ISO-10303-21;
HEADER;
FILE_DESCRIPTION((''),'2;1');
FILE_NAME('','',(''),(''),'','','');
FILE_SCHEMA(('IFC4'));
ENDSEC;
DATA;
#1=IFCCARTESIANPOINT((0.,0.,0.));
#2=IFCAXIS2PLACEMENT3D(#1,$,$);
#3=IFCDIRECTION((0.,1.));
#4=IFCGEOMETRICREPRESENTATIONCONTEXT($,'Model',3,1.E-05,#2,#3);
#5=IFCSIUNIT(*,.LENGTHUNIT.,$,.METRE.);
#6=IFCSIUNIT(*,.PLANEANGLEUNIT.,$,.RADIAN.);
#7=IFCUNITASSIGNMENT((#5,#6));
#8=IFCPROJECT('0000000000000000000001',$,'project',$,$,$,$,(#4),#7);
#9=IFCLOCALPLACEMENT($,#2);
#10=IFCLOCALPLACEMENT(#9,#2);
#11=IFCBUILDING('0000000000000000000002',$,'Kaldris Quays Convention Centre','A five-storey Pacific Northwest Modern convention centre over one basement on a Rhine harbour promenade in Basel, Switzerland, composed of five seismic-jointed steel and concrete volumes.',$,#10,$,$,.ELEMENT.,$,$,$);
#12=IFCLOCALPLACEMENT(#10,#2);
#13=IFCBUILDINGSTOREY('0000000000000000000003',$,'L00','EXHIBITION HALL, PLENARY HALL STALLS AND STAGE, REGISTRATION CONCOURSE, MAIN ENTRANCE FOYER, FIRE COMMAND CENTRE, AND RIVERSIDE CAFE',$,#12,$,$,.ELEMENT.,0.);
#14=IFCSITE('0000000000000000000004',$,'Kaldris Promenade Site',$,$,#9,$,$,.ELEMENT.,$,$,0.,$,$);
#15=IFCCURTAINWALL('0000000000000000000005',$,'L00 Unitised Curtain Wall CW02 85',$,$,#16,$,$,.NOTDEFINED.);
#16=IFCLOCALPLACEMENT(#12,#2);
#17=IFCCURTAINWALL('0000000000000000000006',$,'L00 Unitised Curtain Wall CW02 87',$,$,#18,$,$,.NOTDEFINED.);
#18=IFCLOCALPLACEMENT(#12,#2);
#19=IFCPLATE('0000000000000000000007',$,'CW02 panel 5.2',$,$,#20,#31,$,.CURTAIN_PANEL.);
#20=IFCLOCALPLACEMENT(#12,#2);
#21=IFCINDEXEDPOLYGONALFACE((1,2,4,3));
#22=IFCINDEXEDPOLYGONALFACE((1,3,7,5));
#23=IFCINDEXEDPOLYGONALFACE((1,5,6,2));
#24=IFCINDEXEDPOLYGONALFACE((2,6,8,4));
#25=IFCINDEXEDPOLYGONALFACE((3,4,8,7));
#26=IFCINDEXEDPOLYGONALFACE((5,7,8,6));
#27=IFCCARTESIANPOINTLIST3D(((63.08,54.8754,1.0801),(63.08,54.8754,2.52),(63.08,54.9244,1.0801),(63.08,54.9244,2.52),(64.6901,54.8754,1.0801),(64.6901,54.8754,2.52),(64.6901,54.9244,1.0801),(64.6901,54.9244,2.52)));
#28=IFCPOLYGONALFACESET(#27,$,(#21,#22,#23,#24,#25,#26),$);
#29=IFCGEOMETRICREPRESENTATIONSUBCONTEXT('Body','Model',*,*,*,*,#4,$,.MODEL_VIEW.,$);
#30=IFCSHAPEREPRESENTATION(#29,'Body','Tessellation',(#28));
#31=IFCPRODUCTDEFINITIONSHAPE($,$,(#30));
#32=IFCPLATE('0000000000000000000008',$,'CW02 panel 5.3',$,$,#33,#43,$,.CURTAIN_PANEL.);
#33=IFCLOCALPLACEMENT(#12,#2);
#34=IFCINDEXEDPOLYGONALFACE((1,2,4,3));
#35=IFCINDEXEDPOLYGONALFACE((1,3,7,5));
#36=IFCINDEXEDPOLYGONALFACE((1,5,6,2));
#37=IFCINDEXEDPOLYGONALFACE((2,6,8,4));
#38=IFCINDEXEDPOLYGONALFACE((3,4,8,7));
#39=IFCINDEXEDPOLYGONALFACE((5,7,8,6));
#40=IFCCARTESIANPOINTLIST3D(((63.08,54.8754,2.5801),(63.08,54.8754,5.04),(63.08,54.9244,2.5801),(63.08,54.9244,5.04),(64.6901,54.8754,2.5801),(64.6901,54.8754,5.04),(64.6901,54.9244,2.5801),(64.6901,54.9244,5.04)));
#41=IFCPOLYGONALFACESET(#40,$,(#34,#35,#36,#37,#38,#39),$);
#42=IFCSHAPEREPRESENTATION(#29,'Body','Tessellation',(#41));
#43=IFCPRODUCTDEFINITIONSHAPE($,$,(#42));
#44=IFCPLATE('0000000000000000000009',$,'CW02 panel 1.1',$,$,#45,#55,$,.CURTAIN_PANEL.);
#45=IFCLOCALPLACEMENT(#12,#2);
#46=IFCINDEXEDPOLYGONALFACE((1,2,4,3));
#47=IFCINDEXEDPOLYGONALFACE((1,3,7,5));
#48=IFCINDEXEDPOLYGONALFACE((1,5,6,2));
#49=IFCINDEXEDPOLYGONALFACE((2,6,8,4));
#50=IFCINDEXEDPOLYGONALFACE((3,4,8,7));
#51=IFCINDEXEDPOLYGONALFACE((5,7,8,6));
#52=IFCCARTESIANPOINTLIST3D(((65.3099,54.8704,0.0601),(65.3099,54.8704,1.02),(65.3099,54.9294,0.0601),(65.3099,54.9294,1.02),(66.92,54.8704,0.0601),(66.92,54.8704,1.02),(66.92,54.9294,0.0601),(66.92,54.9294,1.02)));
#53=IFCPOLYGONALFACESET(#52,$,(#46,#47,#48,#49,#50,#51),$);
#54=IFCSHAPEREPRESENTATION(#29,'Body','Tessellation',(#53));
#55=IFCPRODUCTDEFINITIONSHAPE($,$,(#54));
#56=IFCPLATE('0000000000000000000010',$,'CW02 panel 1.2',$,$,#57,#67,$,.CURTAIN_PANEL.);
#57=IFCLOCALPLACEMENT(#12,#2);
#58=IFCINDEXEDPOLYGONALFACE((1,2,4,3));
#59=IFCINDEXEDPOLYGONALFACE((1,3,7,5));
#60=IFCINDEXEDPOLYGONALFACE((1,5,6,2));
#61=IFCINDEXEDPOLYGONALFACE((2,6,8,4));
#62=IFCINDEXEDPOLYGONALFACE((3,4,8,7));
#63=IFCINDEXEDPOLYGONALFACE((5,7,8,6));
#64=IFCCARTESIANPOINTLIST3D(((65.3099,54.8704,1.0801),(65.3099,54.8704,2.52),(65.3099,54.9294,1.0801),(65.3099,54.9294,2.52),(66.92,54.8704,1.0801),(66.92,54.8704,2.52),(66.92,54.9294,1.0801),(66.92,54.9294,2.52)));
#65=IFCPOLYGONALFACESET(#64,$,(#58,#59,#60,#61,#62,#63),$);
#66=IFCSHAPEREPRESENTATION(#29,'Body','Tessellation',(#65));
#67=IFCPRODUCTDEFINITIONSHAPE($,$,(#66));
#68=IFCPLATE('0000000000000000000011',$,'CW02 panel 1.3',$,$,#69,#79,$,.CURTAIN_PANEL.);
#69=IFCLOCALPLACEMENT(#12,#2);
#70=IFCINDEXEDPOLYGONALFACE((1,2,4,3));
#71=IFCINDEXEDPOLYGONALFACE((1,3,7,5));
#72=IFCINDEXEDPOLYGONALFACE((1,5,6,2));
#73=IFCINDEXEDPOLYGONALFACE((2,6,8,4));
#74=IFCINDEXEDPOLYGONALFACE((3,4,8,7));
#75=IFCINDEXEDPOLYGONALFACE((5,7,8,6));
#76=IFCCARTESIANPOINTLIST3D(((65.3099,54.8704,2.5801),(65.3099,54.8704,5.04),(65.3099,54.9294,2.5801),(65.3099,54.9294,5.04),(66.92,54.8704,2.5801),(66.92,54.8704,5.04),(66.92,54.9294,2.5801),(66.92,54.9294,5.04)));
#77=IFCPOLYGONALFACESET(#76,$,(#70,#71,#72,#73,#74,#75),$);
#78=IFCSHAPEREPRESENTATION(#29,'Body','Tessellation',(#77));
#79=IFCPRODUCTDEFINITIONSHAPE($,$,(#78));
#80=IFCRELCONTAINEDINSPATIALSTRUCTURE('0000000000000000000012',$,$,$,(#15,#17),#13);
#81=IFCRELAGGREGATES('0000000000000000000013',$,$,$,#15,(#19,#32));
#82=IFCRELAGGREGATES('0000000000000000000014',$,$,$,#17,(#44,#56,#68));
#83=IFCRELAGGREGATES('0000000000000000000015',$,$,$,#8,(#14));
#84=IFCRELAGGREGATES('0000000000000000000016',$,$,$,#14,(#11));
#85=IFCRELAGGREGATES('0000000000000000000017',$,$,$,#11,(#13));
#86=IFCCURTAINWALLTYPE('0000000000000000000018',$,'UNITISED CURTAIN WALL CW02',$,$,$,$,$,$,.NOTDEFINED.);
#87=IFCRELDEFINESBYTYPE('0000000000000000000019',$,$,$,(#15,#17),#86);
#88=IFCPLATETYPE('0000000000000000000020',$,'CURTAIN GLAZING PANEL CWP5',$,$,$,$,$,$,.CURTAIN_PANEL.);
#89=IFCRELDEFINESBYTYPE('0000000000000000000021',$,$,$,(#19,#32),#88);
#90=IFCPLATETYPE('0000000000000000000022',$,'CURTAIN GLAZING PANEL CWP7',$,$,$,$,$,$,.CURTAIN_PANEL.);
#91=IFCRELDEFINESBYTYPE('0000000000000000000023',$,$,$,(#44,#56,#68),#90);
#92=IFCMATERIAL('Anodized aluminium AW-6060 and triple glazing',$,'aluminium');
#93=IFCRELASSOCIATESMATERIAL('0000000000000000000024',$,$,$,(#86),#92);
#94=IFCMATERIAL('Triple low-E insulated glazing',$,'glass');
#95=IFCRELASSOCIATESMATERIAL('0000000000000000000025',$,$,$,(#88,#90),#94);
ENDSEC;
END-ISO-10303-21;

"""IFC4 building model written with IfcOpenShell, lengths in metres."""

from ifc_helpers import new_model, si_unit, direction, frame, origin, origin_2d, place, context, subcontext, project, spatial, rectangle, extrude, material, type_object, element, aggregate, save


model = new_model("IFC4")

# Units and contexts
model_context = context("Model", 3, precision=1e-05, world=origin(), true_north=direction((0.0, 1.0)))
body_context = subcontext(model_context, "Body", "Model", "MODEL_VIEW")
ifc_project = project(units=[si_unit("LENGTHUNIT", "METRE"), si_unit("PLANEANGLEUNIT", "RADIAN")], contexts=[model_context])

# Site, building, storey
site_placement = place(None, origin())
site = spatial("IfcSite", under=ifc_project, at=site_placement, Name="Kaldris Promenade Site", CompositionType="ELEMENT", RefElevation=0.0)
building_placement = place(site_placement, origin())
building = spatial("IfcBuilding", under=site, at=building_placement, Name="Kaldris Quays Convention Centre", Description="A five-storey Pacific Northwest Modern convention centre over one basement on a Rhine harbour promenade in Basel, Switzerland, composed of five seismic-jointed steel and concrete volumes.", CompositionType="ELEMENT")
storey_placement = place(building_placement, origin())
storey = spatial("IfcBuildingStorey", under=building, at=storey_placement, Name="L00", Description="EXHIBITION HALL, PLENARY HALL STALLS AND STAGE, REGISTRATION CONCOURSE, MAIN ENTRANCE FOYER, FIRE COMMAND CENTRE, AND RIVERSIDE CAFE", CompositionType="ELEMENT", Elevation=0.0)

# Curtain walls
ifc_material_1 = material(Name="Anodized aluminium AW-6060 and triple glazing", Category="aluminium")
curtain_wall_type = type_object("IfcCurtainWallType", Name="UNITISED CURTAIN WALL CW02", PredefinedType="NOTDEFINED", material=ifc_material_1)
curtain_wall_1_placement = place(storey_placement, origin())
curtain_wall_1 = element("IfcCurtainWall", 1, at=curtain_wall_1_placement, inside=storey, type_object=curtain_wall_type, Name="L00 Unitised Curtain Wall CW02 85", PredefinedType="NOTDEFINED")
curtain_wall_2_placement = place(storey_placement, origin())
curtain_wall_2 = element("IfcCurtainWall", 2, at=curtain_wall_2_placement, inside=storey, type_object=curtain_wall_type, Name="L00 Unitised Curtain Wall CW02 87", PredefinedType="NOTDEFINED")

# Plates
ifc_material_2 = material(Name="Triple low-E insulated glazing", Category="glass")
plate_type_1 = type_object("IfcPlateType", Name="CURTAIN GLAZING PANEL CWP5", PredefinedType="CURTAIN_PANEL", material=ifc_material_2)
plate_1_placement = place(storey_placement, frame((63.885, 54.8999, 1.0801), z_axis=(0.0, 0.0, 1.0), x_axis=(1.0, 0.0, 0.0)))
plate_1 = element("IfcPlate", 3, at=plate_1_placement, type_object=plate_type_1, Name="CW02 panel 5.2", PredefinedType="CURTAIN_PANEL", context=body_context, shape_type="SweptSolid", body=[
    extrude(rectangle(XDim=1.6101, YDim=0.0491, at=origin_2d()), origin(), (0.0, 0.0, 1.0), 1.4399),
])
plate_2_placement = place(storey_placement, frame((63.885, 54.8999, 2.5801), z_axis=(0.0, 0.0, 1.0), x_axis=(1.0, 0.0, 0.0)))
plate_2 = element("IfcPlate", 4, at=plate_2_placement, type_object=plate_type_1, Name="CW02 panel 5.3", PredefinedType="CURTAIN_PANEL", context=body_context, shape_type="SweptSolid", body=[
    extrude(rectangle(XDim=1.6101, YDim=0.0491, at=origin_2d()), origin(), (0.0, 0.0, 1.0), 2.46),
])
aggregate(curtain_wall_1, [plate_1, plate_2])
plate_type_2 = type_object("IfcPlateType", Name="CURTAIN GLAZING PANEL CWP7", PredefinedType="CURTAIN_PANEL", material=ifc_material_2)
plate_3_placement = place(storey_placement, frame((66.115, 54.8999, 0.0601), z_axis=(0.0, 0.0, 1.0), x_axis=(1.0, 0.0, 0.0)))
plate_3 = element("IfcPlate", 5, at=plate_3_placement, type_object=plate_type_2, Name="CW02 panel 1.1", PredefinedType="CURTAIN_PANEL", context=body_context, shape_type="SweptSolid", body=[
    extrude(rectangle(XDim=1.6101, YDim=0.0591, at=origin_2d()), origin(), (0.0, 0.0, 1.0), 0.96),
])
plate_4_placement = place(storey_placement, frame((66.115, 54.8999, 1.0801), z_axis=(0.0, 0.0, 1.0), x_axis=(1.0, 0.0, 0.0)))
plate_4 = element("IfcPlate", 6, at=plate_4_placement, type_object=plate_type_2, Name="CW02 panel 1.2", PredefinedType="CURTAIN_PANEL", context=body_context, shape_type="SweptSolid", body=[
    extrude(rectangle(XDim=1.6101, YDim=0.0591, at=origin_2d()), origin(), (0.0, 0.0, 1.0), 1.4399),
])
plate_5_placement = place(storey_placement, frame((66.115, 54.8999, 2.5801), z_axis=(0.0, 0.0, 1.0), x_axis=(1.0, 0.0, 0.0)))
plate_5 = element("IfcPlate", 7, at=plate_5_placement, type_object=plate_type_2, Name="CW02 panel 1.3", PredefinedType="CURTAIN_PANEL", context=body_context, shape_type="SweptSolid", body=[
    extrude(rectangle(XDim=1.6101, YDim=0.0591, at=origin_2d()), origin(), (0.0, 0.0, 1.0), 2.46),
])
aggregate(curtain_wall_2, [plate_3, plate_4, plate_5])

save(model, "model.ifc")
